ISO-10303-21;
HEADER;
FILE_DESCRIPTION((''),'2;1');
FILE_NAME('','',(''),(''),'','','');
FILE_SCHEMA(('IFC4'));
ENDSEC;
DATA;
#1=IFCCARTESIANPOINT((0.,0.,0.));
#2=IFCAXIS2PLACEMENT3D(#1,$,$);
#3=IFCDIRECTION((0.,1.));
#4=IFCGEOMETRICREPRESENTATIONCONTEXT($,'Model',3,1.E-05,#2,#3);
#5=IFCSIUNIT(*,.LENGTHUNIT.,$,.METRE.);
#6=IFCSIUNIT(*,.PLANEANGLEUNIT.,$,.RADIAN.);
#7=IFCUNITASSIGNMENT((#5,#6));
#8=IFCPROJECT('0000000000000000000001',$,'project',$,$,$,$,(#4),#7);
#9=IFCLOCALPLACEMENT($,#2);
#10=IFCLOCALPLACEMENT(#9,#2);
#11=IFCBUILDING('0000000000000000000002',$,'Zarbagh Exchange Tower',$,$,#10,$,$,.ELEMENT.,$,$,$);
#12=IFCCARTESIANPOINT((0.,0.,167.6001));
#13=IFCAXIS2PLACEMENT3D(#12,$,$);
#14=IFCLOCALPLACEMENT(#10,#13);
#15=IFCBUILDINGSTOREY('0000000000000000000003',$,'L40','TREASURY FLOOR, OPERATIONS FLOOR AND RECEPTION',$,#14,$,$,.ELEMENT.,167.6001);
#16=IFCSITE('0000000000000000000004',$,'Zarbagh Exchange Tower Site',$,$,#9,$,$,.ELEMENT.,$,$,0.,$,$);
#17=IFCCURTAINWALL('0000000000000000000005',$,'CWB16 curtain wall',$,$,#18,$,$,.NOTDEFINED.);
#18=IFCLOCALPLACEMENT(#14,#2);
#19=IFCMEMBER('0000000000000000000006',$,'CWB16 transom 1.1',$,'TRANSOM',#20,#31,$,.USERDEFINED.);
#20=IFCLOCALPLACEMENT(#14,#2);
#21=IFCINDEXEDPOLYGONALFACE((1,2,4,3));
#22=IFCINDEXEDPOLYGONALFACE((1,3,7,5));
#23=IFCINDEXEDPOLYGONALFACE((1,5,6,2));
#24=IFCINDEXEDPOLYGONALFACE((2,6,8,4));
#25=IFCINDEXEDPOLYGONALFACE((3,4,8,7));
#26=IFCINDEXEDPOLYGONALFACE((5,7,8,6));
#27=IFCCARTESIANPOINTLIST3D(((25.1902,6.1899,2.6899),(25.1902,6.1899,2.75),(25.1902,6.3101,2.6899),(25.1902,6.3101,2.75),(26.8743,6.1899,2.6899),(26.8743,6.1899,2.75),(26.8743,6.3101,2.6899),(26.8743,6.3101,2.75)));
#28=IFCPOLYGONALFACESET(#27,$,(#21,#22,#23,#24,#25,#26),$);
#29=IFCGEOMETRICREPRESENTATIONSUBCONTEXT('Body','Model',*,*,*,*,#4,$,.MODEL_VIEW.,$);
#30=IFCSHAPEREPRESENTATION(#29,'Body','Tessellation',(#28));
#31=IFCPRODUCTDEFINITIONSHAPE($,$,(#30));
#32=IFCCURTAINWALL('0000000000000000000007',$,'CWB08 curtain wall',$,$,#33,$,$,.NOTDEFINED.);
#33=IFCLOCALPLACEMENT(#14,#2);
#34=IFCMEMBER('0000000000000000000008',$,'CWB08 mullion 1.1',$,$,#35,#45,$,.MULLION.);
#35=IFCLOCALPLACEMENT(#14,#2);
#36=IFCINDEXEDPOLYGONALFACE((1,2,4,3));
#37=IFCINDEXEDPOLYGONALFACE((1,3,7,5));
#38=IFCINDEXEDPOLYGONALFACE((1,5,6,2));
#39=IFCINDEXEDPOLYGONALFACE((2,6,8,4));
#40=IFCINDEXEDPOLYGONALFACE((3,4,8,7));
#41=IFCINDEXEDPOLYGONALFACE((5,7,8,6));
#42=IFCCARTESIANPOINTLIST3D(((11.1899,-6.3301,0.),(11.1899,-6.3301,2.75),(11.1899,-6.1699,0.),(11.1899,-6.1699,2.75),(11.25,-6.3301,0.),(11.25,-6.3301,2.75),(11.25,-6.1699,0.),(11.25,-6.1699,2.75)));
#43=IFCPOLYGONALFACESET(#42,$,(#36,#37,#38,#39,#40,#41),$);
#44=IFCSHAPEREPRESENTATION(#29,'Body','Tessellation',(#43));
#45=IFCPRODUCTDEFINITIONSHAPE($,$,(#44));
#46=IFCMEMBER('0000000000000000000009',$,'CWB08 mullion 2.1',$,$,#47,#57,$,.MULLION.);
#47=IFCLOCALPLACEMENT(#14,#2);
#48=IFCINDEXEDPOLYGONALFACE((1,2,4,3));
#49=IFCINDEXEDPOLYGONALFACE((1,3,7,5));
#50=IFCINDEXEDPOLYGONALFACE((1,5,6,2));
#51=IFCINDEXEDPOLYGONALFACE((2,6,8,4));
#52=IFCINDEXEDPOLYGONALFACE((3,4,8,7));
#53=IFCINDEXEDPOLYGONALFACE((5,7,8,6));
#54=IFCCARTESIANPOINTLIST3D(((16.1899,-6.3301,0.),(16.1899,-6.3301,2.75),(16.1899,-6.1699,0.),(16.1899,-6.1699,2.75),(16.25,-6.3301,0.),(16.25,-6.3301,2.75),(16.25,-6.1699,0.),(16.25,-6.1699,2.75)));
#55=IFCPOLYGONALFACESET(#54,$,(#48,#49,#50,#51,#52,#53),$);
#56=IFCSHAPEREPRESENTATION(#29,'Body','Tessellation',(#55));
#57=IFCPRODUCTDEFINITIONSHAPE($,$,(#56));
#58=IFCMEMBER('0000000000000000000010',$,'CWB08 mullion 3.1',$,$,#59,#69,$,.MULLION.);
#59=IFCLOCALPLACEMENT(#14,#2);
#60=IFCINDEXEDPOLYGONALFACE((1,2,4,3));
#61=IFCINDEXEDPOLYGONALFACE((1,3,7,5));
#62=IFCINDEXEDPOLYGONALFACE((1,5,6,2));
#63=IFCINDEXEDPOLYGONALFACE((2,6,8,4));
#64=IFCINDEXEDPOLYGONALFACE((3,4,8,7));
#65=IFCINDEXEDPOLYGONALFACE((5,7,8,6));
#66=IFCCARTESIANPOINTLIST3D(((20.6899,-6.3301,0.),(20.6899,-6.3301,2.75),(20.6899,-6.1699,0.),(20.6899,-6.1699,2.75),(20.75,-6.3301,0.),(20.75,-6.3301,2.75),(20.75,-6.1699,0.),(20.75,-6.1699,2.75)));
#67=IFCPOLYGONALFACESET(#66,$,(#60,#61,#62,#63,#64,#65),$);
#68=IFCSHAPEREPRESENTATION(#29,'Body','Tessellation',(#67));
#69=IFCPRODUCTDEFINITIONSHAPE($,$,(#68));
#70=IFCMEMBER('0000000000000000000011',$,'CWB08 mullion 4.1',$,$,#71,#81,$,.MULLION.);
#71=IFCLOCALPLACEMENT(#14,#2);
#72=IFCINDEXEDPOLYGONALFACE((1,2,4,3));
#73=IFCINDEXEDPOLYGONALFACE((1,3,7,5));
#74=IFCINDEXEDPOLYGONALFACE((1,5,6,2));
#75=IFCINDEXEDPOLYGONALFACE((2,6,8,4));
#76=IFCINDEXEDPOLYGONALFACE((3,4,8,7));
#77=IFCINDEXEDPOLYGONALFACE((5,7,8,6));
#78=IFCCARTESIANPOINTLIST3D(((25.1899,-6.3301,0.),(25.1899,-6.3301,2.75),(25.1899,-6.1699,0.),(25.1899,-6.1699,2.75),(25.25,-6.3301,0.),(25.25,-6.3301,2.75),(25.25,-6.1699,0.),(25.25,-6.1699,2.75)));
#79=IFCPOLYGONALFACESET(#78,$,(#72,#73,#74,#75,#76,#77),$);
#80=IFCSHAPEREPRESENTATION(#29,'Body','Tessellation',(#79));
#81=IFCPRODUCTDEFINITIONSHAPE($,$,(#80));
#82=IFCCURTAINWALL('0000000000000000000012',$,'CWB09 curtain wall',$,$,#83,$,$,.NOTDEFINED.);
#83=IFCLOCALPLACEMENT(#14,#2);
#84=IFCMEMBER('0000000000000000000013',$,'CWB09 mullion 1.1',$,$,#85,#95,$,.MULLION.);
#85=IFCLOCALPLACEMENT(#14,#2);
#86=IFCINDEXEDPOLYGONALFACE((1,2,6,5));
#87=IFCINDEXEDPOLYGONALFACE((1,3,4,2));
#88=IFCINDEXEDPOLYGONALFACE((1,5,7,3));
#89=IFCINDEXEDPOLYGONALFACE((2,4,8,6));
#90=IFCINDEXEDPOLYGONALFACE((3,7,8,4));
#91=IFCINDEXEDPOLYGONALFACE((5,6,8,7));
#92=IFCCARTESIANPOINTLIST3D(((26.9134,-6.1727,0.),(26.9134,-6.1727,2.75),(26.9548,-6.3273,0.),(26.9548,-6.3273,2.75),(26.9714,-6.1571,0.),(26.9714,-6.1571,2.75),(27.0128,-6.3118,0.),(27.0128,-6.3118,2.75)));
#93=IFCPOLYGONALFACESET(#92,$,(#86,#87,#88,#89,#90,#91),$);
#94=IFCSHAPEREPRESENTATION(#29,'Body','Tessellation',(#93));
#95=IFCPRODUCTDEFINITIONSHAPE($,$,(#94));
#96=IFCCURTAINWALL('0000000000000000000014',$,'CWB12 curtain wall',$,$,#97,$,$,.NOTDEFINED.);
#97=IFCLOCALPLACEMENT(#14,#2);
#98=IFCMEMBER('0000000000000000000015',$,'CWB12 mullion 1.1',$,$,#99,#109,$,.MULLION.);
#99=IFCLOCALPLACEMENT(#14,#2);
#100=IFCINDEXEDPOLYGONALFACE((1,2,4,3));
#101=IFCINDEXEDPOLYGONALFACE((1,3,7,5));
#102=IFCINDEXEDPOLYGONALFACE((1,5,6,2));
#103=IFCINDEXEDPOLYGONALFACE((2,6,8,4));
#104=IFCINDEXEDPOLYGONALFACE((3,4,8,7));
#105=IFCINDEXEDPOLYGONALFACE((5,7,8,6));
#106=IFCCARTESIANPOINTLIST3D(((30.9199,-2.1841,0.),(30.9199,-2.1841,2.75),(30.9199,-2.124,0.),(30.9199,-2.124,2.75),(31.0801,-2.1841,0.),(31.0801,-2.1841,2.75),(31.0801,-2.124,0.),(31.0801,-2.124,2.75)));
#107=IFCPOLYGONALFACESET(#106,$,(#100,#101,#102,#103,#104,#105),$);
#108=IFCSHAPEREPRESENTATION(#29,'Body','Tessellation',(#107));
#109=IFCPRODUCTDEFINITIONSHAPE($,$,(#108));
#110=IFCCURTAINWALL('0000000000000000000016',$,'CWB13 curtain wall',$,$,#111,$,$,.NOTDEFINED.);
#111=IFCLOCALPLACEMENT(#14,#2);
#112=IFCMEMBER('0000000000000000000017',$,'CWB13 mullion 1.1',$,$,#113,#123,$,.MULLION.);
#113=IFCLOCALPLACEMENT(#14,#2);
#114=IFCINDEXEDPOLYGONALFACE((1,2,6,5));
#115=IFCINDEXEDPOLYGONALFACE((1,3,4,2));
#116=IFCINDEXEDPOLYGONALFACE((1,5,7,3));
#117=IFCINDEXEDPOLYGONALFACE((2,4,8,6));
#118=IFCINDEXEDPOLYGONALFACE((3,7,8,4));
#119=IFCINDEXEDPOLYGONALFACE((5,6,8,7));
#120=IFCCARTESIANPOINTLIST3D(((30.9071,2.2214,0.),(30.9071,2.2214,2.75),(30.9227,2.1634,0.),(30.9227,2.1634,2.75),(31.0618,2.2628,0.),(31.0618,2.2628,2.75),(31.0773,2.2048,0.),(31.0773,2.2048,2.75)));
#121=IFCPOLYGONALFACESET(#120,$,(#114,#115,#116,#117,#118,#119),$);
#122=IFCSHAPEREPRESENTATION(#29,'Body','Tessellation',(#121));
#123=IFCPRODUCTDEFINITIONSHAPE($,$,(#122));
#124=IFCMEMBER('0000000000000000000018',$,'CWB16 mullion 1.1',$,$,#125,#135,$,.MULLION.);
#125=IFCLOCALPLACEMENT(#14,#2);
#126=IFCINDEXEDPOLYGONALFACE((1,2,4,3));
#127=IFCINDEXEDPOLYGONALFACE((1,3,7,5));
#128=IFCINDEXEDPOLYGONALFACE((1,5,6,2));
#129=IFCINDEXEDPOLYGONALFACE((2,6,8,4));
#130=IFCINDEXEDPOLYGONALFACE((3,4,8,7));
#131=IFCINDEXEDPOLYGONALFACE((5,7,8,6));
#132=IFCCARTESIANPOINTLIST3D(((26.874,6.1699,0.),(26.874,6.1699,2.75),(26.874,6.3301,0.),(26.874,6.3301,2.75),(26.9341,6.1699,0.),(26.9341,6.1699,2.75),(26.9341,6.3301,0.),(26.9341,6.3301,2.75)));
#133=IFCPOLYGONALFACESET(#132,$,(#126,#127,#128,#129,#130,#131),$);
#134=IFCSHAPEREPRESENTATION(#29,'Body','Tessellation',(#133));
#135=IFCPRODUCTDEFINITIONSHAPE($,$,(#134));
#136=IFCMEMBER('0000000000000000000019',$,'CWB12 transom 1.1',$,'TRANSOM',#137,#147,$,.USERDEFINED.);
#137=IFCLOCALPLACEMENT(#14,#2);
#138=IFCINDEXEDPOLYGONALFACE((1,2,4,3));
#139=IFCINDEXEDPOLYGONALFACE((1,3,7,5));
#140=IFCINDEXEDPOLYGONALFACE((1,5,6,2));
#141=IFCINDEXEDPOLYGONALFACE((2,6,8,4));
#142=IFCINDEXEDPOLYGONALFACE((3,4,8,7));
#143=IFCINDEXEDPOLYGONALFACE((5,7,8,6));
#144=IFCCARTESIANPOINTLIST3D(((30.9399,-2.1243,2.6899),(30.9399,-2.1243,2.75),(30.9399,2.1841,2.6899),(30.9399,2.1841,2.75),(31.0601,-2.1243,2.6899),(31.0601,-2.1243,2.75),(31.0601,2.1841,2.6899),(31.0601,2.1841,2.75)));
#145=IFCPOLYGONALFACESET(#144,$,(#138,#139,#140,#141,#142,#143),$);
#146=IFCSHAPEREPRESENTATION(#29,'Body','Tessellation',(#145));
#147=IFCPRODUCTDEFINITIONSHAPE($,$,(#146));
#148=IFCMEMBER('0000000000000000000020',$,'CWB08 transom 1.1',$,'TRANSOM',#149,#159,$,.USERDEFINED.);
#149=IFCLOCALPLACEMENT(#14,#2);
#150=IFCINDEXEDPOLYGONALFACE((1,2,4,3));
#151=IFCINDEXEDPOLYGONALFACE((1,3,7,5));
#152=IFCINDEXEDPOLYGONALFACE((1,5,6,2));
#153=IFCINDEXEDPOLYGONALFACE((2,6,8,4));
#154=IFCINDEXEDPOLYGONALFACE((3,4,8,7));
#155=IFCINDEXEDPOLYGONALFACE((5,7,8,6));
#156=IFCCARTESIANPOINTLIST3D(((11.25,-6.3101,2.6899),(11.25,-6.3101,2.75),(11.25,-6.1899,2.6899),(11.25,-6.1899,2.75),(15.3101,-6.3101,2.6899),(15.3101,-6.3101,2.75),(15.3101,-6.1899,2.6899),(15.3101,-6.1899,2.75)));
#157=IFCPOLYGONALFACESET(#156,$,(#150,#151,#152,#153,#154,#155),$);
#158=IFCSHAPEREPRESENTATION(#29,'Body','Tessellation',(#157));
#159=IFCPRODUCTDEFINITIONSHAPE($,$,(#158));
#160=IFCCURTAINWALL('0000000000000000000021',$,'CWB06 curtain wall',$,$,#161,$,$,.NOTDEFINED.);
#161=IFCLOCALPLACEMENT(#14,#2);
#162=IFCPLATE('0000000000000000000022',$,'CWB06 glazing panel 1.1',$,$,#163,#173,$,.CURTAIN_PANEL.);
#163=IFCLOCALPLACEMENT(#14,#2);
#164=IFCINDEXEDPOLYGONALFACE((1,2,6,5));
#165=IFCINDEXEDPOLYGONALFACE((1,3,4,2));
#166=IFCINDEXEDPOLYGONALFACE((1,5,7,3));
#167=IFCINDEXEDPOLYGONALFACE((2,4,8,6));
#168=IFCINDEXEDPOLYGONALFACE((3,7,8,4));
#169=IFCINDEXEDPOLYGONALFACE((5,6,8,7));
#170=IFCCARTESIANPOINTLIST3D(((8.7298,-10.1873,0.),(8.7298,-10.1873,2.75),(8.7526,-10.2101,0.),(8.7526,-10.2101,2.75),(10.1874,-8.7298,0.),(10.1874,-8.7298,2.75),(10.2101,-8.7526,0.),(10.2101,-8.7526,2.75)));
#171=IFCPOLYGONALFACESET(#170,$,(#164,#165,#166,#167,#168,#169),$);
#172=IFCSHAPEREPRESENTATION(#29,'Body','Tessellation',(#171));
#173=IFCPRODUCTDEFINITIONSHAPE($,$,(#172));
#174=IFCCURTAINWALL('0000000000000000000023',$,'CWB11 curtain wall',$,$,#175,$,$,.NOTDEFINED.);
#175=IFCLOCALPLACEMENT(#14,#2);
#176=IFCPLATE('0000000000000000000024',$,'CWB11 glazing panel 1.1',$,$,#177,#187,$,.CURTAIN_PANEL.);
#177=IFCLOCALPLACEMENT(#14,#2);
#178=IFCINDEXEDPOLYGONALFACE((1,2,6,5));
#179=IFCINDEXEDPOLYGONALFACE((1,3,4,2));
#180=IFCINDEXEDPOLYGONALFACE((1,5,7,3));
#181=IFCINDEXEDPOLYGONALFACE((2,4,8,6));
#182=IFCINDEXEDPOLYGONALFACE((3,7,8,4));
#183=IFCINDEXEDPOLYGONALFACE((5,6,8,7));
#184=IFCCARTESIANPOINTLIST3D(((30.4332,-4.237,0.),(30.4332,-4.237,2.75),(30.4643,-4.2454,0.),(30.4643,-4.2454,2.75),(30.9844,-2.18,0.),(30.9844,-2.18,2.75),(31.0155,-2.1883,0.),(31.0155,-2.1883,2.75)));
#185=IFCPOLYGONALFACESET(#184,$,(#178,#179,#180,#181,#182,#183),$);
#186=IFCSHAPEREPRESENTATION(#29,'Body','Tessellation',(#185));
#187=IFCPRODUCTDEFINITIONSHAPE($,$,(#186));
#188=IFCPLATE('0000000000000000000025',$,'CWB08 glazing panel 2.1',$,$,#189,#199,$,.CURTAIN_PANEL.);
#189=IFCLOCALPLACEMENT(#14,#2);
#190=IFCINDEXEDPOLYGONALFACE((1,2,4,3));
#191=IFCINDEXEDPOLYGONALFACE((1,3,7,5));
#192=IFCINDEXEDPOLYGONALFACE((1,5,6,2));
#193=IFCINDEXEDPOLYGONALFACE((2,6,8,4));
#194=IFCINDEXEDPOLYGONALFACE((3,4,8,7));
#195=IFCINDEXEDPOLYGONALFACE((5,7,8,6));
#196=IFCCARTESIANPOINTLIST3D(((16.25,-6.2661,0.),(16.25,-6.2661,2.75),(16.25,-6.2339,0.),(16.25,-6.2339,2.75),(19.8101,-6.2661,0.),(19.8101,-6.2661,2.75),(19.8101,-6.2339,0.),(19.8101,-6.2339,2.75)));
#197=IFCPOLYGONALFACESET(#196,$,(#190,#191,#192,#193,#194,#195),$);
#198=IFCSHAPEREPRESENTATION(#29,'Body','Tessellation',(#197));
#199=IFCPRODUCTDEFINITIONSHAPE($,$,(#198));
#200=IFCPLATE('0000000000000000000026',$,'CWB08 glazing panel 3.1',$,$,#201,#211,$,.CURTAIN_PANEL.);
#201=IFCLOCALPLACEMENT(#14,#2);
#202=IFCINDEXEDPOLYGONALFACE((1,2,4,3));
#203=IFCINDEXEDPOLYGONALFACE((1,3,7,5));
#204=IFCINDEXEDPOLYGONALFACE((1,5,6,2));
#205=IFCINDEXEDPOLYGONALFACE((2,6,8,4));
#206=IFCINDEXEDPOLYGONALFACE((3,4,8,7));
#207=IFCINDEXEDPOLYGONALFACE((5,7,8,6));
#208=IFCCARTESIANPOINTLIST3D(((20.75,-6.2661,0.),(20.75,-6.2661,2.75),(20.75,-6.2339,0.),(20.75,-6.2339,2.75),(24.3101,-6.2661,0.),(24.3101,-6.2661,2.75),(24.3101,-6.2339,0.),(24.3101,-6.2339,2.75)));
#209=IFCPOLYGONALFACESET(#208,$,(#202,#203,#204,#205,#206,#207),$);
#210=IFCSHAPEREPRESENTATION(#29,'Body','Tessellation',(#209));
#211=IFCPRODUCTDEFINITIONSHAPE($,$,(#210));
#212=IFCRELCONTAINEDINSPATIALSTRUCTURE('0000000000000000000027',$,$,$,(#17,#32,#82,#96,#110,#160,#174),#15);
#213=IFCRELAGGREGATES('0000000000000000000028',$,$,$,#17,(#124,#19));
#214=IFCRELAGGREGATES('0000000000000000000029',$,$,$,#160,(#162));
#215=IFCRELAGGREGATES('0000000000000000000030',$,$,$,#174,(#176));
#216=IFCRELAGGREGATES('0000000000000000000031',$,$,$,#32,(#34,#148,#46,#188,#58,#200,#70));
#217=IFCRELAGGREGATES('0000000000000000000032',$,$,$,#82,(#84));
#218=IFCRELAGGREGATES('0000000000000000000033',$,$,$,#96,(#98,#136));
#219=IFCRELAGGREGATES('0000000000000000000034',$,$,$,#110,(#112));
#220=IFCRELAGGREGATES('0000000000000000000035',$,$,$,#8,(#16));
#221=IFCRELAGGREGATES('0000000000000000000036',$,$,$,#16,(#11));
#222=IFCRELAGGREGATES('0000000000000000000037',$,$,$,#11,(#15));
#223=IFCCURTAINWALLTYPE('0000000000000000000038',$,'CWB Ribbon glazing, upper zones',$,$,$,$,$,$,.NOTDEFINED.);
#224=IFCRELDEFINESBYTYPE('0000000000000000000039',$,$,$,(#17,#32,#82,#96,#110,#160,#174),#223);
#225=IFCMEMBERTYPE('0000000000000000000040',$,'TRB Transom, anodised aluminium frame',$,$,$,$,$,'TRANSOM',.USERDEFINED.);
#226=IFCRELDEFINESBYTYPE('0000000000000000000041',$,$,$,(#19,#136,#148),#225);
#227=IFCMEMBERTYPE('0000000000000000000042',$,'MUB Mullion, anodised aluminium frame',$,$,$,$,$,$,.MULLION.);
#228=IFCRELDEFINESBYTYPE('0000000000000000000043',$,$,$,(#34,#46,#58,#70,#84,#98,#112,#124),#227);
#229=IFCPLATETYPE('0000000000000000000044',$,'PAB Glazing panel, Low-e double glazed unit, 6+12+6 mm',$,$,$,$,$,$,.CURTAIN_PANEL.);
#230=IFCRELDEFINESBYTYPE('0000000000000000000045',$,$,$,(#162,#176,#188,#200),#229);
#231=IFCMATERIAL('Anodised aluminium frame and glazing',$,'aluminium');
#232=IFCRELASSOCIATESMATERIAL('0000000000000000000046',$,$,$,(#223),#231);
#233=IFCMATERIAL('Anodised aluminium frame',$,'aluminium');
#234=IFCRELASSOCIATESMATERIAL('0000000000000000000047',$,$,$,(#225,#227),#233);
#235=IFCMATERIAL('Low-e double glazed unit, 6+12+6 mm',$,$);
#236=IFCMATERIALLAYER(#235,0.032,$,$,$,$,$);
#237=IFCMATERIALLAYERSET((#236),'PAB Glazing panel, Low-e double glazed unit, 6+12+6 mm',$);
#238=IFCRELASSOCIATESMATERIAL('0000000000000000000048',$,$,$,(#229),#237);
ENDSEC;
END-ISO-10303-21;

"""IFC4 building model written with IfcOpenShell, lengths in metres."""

from ifc_helpers import new_model, si_unit, direction, frame, origin, place, context, subcontext, project, spatial, polyline, outline, extrude, source, transform, mapped, material, layer, layer_set, type_object, element, aggregate, save


model = new_model("IFC4")

# Units and contexts
model_context = context("Model", 3, precision=1e-05, world=origin(), true_north=direction((0.0, 1.0)))
body_context = subcontext(model_context, "Body", "Model", "MODEL_VIEW")
ifc_project = project(units=[si_unit("LENGTHUNIT", "METRE"), si_unit("PLANEANGLEUNIT", "RADIAN")], contexts=[model_context])

# Site, building, storey
site_placement = place(None, origin())
site = spatial("IfcSite", under=ifc_project, at=site_placement, Name="Zarbagh Exchange Tower Site", CompositionType="ELEMENT", RefElevation=0.0)
building_placement = place(site_placement, origin())
building = spatial("IfcBuilding", under=site, at=building_placement, Name="Zarbagh Exchange Tower", CompositionType="ELEMENT")
storey_placement = place(building_placement, frame((0.0, 0.0, 167.6001)))
storey = spatial("IfcBuildingStorey", under=building, at=storey_placement, Name="L40", Description="TREASURY FLOOR, OPERATIONS FLOOR AND RECEPTION", CompositionType="ELEMENT", Elevation=167.6001)

# Curtain wall, member
ifc_material_1 = material(Name="Anodised aluminium frame and glazing", Category="aluminium")
curtain_wall_type = type_object("IfcCurtainWallType", Name="CWB Ribbon glazing, upper zones", PredefinedType="NOTDEFINED", material=ifc_material_1)
curtain_wall_1_placement = place(storey_placement, origin())
curtain_wall_1 = element("IfcCurtainWall", 1, at=curtain_wall_1_placement, inside=storey, type_object=curtain_wall_type, Name="CWB16 curtain wall", PredefinedType="NOTDEFINED")
ifc_material_2 = material(Name="Anodised aluminium frame", Category="aluminium")
member_type_1 = type_object("IfcMemberType", Name="TRB Transom, anodised aluminium frame", ElementType="TRANSOM", PredefinedType="USERDEFINED", material=ifc_material_2)
shared_shape_1 = source(origin(), body_context, "Body", "SweptSolid", [
    extrude(outline(polyline([(-0.0601, -0.0601), (0.0, -0.0601), (0.0, 0.0601), (-0.0601, 0.0601), (-0.0601, -0.0601)])), origin(), (0.0, 0.0, 1.0), 1.6841),
])
placement = place(storey_placement, origin())
member_1 = element("IfcMember", 2, at=placement, type_object=member_type_1, Name="CWB16 transom 1.1", ObjectType="TRANSOM", PredefinedType="USERDEFINED", context=body_context, shape_type="MappedRepresentation", body=[
    mapped(shared_shape_1, transform((26.8743, 6.25, 2.75), x_axis=(0.0, 0.0, 1.0), y_axis=(0.0, 1.0, 0.0), z_axis=(-1.0, 0.0, 0.0))),
])

# Curtain wall, members
curtain_wall_2_placement = place(storey_placement, origin())
curtain_wall_2 = element("IfcCurtainWall", 3, at=curtain_wall_2_placement, inside=storey, type_object=curtain_wall_type, Name="CWB08 curtain wall", PredefinedType="NOTDEFINED")
member_type_2 = type_object("IfcMemberType", Name="MUB Mullion, anodised aluminium frame", PredefinedType="MULLION", material=ifc_material_2)
shared_shape_2 = source(origin(), body_context, "Body", "SweptSolid", [
    extrude(outline(polyline([(0.0, -0.0801), (0.0601, -0.0801), (0.0601, 0.0801), (0.0, 0.0801), (0.0, -0.0801)])), origin(), (0.0, 0.0, 1.0), 2.75),
])
member_2 = element("IfcMember", 4, at=placement, type_object=member_type_2, Name="CWB08 mullion 1.1", PredefinedType="MULLION", context=body_context, shape_type="MappedRepresentation", body=[
    mapped(shared_shape_2, transform((11.1899, -6.25, 0.0), x_axis=(1.0, 0.0, 0.0), y_axis=(0.0, 1.0, 0.0), z_axis=(0.0, 0.0, 1.0))),
])
member_3 = element("IfcMember", 5, at=placement, type_object=member_type_2, Name="CWB08 mullion 2.1", PredefinedType="MULLION", context=body_context, shape_type="MappedRepresentation", body=[
    mapped(shared_shape_2, transform((16.1899, -6.25, 0.0), x_axis=(1.0, 0.0, 0.0), y_axis=(0.0, 1.0, 0.0), z_axis=(0.0, 0.0, 1.0))),
])
member_4 = element("IfcMember", 6, at=placement, type_object=member_type_2, Name="CWB08 mullion 3.1", PredefinedType="MULLION", context=body_context, shape_type="MappedRepresentation", body=[
    mapped(shared_shape_2, transform((20.6899, -6.25, 0.0), x_axis=(1.0, 0.0, 0.0), y_axis=(0.0, 1.0, 0.0), z_axis=(0.0, 0.0, 1.0))),
])
member_5 = element("IfcMember", 7, at=placement, type_object=member_type_2, Name="CWB08 mullion 4.1", PredefinedType="MULLION", context=body_context, shape_type="MappedRepresentation", body=[
    mapped(shared_shape_2, transform((25.1899, -6.25, 0.0), x_axis=(1.0, 0.0, 0.0), y_axis=(0.0, 1.0, 0.0), z_axis=(0.0, 0.0, 1.0))),
])

# Curtain walls, members
curtain_wall_3_placement = place(storey_placement, origin())
curtain_wall_3 = element("IfcCurtainWall", 8, at=curtain_wall_3_placement, inside=storey, type_object=curtain_wall_type, Name="CWB09 curtain wall", PredefinedType="NOTDEFINED")
member_6 = element("IfcMember", 9, at=placement, type_object=member_type_2, Name="CWB09 mullion 1.1", PredefinedType="MULLION", context=body_context, shape_type="MappedRepresentation", body=[
    mapped(shared_shape_2, transform((26.9341, -6.25, 0.0), x_axis=(0.965924, 0.258825, 0.0), y_axis=(-0.258825, 0.965924, 0.0), z_axis=(0.0, 0.0, 1.0))),
])
curtain_wall_4_placement = place(storey_placement, origin())
curtain_wall_4 = element("IfcCurtainWall", 10, at=curtain_wall_4_placement, inside=storey, type_object=curtain_wall_type, Name="CWB12 curtain wall", PredefinedType="NOTDEFINED")
member_7 = element("IfcMember", 11, at=placement, type_object=member_type_2, Name="CWB12 mullion 1.1", PredefinedType="MULLION", context=body_context, shape_type="MappedRepresentation", body=[
    mapped(shared_shape_2, transform((31.0, -2.1841, 0.0), x_axis=(0.0, 1.0, 0.0), y_axis=(-1.0, 0.0, 0.0), z_axis=(0.0, 0.0, 1.0))),
])
curtain_wall_5_placement = place(storey_placement, origin())
curtain_wall_5 = element("IfcCurtainWall", 12, at=curtain_wall_5_placement, inside=storey, type_object=curtain_wall_type, Name="CWB13 curtain wall", PredefinedType="NOTDEFINED")
member_8 = element("IfcMember", 13, at=placement, type_object=member_type_2, Name="CWB13 mullion 1.1", PredefinedType="MULLION", context=body_context, shape_type="MappedRepresentation", body=[
    mapped(shared_shape_2, transform((31.0, 2.1841, 0.0), x_axis=(-0.258825, 0.965924, 0.0), y_axis=(-0.965924, -0.258825, 0.0), z_axis=(0.0, 0.0, 1.0))),
])

# Members
member_9 = element("IfcMember", 14, at=placement, type_object=member_type_2, Name="CWB16 mullion 1.1", PredefinedType="MULLION", context=body_context, shape_type="MappedRepresentation", body=[
    mapped(shared_shape_2, transform((26.9341, 6.25, 0.0), x_axis=(-1.0, 0.0, 0.0), y_axis=(0.0, -1.0, 0.0), z_axis=(0.0, 0.0, 1.0))),
])
aggregate(curtain_wall_1, [member_9, member_1])
shared_shape_3 = source(origin(), body_context, "Body", "SweptSolid", [
    extrude(outline(polyline([(-0.0601, -0.0601), (0.0, -0.0601), (0.0, 0.0601), (-0.0601, 0.0601), (-0.0601, -0.0601)])), origin(), (0.0, 0.0, 1.0), 4.3083),
])
member_10 = element("IfcMember", 15, at=placement, type_object=member_type_1, Name="CWB12 transom 1.1", ObjectType="TRANSOM", PredefinedType="USERDEFINED", context=body_context, shape_type="MappedRepresentation", body=[
    mapped(shared_shape_3, transform((31.0, -2.1243, 2.75), x_axis=(0.0, 0.0, 1.0), y_axis=(1.0, 0.0, 0.0), z_axis=(0.0, 1.0, 0.0))),
])
shared_shape_4 = source(origin(), body_context, "Body", "SweptSolid", [
    extrude(outline(polyline([(-0.0601, -0.0601), (0.0, -0.0601), (0.0, 0.0601), (-0.0601, 0.0601), (-0.0601, -0.0601)])), origin(), (0.0, 0.0, 1.0), 4.0601),
])
member_11 = element("IfcMember", 16, at=placement, type_object=member_type_1, Name="CWB08 transom 1.1", ObjectType="TRANSOM", PredefinedType="USERDEFINED", context=body_context, shape_type="MappedRepresentation", body=[
    mapped(shared_shape_4, transform((11.25, -6.25, 2.75), x_axis=(0.0, 0.0, 1.0), y_axis=(0.0, -1.0, 0.0), z_axis=(1.0, 0.0, 0.0))),
])

# Curtain walls, plates
curtain_wall_6_placement = place(storey_placement, origin())
curtain_wall_6 = element("IfcCurtainWall", 17, at=curtain_wall_6_placement, inside=storey, type_object=curtain_wall_type, Name="CWB06 curtain wall", PredefinedType="NOTDEFINED")
ifc_material_3 = material(Name="Low-e double glazed unit, 6+12+6 mm")
ifc_layer = layer(ifc_material_3, 0.032)
ifc_layer_set = layer_set([ifc_layer], Name="PAB Glazing panel, Low-e double glazed unit, 6+12+6 mm")
plate_type = type_object("IfcPlateType", Name="PAB Glazing panel, Low-e double glazed unit, 6+12+6 mm", PredefinedType="CURTAIN_PANEL", material=ifc_layer_set)
shared_shape_5 = source(origin(), body_context, "Body", "SweptSolid", [
    extrude(outline(polyline([(0.0, -0.0161), (2.0613, -0.0161), (2.0613, 0.0161), (0.0, 0.0161), (0.0, -0.0161)])), origin(), (0.0, 0.0, 1.0), 2.75),
])
plate_1 = element("IfcPlate", 18, at=placement, type_object=plate_type, Name="CWB06 glazing panel 1.1", PredefinedType="CURTAIN_PANEL", context=body_context, shape_type="MappedRepresentation", body=[
    mapped(shared_shape_5, transform((8.7412, -10.1987, 0.0), x_axis=(0.707107, 0.707107, 0.0), y_axis=(-0.707107, 0.707107, 0.0), z_axis=(0.0, 0.0, 1.0))),
])
aggregate(curtain_wall_6, [plate_1])
curtain_wall_7_placement = place(storey_placement, origin())
curtain_wall_7 = element("IfcCurtainWall", 19, at=curtain_wall_7_placement, inside=storey, type_object=curtain_wall_type, Name="CWB11 curtain wall", PredefinedType="NOTDEFINED")
shared_shape_6 = source(origin(), body_context, "Body", "SweptSolid", [
    extrude(outline(polyline([(0.0, -0.0161), (2.1296, -0.0161), (2.1296, 0.0161), (0.0, 0.0161), (0.0, -0.0161)])), origin(), (0.0, 0.0, 1.0), 2.75),
])
plate_2 = element("IfcPlate", 20, at=placement, type_object=plate_type, Name="CWB11 glazing panel 1.1", PredefinedType="CURTAIN_PANEL", context=body_context, shape_type="MappedRepresentation", body=[
    mapped(shared_shape_6, transform((30.4487, -4.2412, 0.0), x_axis=(0.258825, 0.965924, 0.0), y_axis=(-0.965924, 0.258825, 0.0), z_axis=(0.0, 0.0, 1.0))),
])
aggregate(curtain_wall_7, [plate_2])

# Plates
shared_shape_7 = source(origin(), body_context, "Body", "SweptSolid", [
    extrude(outline(polyline([(0.0, -0.0161), (3.5601, -0.0161), (3.5601, 0.0161), (0.0, 0.0161), (0.0, -0.0161)])), origin(), (0.0, 0.0, 1.0), 2.75),
])
plate_3 = element("IfcPlate", 21, at=placement, type_object=plate_type, Name="CWB08 glazing panel 2.1", PredefinedType="CURTAIN_PANEL", context=body_context, shape_type="MappedRepresentation", body=[
    mapped(shared_shape_7, transform((16.25, -6.25, 0.0), x_axis=(1.0, 0.0, 0.0), y_axis=(0.0, 1.0, 0.0), z_axis=(0.0, 0.0, 1.0))),
])
plate_4 = element("IfcPlate", 22, at=placement, type_object=plate_type, Name="CWB08 glazing panel 3.1", PredefinedType="CURTAIN_PANEL", context=body_context, shape_type="MappedRepresentation", body=[
    mapped(shared_shape_7, transform((20.75, -6.25, 0.0), x_axis=(1.0, 0.0, 0.0), y_axis=(0.0, 1.0, 0.0), z_axis=(0.0, 0.0, 1.0))),
])

aggregate(curtain_wall_2, [member_2, member_11, member_3, plate_3, member_4, plate_4, member_5])
aggregate(curtain_wall_3, [member_6])

aggregate(curtain_wall_4, [member_7, member_10])
aggregate(curtain_wall_5, [member_8])

save(model, "model.ifc")
